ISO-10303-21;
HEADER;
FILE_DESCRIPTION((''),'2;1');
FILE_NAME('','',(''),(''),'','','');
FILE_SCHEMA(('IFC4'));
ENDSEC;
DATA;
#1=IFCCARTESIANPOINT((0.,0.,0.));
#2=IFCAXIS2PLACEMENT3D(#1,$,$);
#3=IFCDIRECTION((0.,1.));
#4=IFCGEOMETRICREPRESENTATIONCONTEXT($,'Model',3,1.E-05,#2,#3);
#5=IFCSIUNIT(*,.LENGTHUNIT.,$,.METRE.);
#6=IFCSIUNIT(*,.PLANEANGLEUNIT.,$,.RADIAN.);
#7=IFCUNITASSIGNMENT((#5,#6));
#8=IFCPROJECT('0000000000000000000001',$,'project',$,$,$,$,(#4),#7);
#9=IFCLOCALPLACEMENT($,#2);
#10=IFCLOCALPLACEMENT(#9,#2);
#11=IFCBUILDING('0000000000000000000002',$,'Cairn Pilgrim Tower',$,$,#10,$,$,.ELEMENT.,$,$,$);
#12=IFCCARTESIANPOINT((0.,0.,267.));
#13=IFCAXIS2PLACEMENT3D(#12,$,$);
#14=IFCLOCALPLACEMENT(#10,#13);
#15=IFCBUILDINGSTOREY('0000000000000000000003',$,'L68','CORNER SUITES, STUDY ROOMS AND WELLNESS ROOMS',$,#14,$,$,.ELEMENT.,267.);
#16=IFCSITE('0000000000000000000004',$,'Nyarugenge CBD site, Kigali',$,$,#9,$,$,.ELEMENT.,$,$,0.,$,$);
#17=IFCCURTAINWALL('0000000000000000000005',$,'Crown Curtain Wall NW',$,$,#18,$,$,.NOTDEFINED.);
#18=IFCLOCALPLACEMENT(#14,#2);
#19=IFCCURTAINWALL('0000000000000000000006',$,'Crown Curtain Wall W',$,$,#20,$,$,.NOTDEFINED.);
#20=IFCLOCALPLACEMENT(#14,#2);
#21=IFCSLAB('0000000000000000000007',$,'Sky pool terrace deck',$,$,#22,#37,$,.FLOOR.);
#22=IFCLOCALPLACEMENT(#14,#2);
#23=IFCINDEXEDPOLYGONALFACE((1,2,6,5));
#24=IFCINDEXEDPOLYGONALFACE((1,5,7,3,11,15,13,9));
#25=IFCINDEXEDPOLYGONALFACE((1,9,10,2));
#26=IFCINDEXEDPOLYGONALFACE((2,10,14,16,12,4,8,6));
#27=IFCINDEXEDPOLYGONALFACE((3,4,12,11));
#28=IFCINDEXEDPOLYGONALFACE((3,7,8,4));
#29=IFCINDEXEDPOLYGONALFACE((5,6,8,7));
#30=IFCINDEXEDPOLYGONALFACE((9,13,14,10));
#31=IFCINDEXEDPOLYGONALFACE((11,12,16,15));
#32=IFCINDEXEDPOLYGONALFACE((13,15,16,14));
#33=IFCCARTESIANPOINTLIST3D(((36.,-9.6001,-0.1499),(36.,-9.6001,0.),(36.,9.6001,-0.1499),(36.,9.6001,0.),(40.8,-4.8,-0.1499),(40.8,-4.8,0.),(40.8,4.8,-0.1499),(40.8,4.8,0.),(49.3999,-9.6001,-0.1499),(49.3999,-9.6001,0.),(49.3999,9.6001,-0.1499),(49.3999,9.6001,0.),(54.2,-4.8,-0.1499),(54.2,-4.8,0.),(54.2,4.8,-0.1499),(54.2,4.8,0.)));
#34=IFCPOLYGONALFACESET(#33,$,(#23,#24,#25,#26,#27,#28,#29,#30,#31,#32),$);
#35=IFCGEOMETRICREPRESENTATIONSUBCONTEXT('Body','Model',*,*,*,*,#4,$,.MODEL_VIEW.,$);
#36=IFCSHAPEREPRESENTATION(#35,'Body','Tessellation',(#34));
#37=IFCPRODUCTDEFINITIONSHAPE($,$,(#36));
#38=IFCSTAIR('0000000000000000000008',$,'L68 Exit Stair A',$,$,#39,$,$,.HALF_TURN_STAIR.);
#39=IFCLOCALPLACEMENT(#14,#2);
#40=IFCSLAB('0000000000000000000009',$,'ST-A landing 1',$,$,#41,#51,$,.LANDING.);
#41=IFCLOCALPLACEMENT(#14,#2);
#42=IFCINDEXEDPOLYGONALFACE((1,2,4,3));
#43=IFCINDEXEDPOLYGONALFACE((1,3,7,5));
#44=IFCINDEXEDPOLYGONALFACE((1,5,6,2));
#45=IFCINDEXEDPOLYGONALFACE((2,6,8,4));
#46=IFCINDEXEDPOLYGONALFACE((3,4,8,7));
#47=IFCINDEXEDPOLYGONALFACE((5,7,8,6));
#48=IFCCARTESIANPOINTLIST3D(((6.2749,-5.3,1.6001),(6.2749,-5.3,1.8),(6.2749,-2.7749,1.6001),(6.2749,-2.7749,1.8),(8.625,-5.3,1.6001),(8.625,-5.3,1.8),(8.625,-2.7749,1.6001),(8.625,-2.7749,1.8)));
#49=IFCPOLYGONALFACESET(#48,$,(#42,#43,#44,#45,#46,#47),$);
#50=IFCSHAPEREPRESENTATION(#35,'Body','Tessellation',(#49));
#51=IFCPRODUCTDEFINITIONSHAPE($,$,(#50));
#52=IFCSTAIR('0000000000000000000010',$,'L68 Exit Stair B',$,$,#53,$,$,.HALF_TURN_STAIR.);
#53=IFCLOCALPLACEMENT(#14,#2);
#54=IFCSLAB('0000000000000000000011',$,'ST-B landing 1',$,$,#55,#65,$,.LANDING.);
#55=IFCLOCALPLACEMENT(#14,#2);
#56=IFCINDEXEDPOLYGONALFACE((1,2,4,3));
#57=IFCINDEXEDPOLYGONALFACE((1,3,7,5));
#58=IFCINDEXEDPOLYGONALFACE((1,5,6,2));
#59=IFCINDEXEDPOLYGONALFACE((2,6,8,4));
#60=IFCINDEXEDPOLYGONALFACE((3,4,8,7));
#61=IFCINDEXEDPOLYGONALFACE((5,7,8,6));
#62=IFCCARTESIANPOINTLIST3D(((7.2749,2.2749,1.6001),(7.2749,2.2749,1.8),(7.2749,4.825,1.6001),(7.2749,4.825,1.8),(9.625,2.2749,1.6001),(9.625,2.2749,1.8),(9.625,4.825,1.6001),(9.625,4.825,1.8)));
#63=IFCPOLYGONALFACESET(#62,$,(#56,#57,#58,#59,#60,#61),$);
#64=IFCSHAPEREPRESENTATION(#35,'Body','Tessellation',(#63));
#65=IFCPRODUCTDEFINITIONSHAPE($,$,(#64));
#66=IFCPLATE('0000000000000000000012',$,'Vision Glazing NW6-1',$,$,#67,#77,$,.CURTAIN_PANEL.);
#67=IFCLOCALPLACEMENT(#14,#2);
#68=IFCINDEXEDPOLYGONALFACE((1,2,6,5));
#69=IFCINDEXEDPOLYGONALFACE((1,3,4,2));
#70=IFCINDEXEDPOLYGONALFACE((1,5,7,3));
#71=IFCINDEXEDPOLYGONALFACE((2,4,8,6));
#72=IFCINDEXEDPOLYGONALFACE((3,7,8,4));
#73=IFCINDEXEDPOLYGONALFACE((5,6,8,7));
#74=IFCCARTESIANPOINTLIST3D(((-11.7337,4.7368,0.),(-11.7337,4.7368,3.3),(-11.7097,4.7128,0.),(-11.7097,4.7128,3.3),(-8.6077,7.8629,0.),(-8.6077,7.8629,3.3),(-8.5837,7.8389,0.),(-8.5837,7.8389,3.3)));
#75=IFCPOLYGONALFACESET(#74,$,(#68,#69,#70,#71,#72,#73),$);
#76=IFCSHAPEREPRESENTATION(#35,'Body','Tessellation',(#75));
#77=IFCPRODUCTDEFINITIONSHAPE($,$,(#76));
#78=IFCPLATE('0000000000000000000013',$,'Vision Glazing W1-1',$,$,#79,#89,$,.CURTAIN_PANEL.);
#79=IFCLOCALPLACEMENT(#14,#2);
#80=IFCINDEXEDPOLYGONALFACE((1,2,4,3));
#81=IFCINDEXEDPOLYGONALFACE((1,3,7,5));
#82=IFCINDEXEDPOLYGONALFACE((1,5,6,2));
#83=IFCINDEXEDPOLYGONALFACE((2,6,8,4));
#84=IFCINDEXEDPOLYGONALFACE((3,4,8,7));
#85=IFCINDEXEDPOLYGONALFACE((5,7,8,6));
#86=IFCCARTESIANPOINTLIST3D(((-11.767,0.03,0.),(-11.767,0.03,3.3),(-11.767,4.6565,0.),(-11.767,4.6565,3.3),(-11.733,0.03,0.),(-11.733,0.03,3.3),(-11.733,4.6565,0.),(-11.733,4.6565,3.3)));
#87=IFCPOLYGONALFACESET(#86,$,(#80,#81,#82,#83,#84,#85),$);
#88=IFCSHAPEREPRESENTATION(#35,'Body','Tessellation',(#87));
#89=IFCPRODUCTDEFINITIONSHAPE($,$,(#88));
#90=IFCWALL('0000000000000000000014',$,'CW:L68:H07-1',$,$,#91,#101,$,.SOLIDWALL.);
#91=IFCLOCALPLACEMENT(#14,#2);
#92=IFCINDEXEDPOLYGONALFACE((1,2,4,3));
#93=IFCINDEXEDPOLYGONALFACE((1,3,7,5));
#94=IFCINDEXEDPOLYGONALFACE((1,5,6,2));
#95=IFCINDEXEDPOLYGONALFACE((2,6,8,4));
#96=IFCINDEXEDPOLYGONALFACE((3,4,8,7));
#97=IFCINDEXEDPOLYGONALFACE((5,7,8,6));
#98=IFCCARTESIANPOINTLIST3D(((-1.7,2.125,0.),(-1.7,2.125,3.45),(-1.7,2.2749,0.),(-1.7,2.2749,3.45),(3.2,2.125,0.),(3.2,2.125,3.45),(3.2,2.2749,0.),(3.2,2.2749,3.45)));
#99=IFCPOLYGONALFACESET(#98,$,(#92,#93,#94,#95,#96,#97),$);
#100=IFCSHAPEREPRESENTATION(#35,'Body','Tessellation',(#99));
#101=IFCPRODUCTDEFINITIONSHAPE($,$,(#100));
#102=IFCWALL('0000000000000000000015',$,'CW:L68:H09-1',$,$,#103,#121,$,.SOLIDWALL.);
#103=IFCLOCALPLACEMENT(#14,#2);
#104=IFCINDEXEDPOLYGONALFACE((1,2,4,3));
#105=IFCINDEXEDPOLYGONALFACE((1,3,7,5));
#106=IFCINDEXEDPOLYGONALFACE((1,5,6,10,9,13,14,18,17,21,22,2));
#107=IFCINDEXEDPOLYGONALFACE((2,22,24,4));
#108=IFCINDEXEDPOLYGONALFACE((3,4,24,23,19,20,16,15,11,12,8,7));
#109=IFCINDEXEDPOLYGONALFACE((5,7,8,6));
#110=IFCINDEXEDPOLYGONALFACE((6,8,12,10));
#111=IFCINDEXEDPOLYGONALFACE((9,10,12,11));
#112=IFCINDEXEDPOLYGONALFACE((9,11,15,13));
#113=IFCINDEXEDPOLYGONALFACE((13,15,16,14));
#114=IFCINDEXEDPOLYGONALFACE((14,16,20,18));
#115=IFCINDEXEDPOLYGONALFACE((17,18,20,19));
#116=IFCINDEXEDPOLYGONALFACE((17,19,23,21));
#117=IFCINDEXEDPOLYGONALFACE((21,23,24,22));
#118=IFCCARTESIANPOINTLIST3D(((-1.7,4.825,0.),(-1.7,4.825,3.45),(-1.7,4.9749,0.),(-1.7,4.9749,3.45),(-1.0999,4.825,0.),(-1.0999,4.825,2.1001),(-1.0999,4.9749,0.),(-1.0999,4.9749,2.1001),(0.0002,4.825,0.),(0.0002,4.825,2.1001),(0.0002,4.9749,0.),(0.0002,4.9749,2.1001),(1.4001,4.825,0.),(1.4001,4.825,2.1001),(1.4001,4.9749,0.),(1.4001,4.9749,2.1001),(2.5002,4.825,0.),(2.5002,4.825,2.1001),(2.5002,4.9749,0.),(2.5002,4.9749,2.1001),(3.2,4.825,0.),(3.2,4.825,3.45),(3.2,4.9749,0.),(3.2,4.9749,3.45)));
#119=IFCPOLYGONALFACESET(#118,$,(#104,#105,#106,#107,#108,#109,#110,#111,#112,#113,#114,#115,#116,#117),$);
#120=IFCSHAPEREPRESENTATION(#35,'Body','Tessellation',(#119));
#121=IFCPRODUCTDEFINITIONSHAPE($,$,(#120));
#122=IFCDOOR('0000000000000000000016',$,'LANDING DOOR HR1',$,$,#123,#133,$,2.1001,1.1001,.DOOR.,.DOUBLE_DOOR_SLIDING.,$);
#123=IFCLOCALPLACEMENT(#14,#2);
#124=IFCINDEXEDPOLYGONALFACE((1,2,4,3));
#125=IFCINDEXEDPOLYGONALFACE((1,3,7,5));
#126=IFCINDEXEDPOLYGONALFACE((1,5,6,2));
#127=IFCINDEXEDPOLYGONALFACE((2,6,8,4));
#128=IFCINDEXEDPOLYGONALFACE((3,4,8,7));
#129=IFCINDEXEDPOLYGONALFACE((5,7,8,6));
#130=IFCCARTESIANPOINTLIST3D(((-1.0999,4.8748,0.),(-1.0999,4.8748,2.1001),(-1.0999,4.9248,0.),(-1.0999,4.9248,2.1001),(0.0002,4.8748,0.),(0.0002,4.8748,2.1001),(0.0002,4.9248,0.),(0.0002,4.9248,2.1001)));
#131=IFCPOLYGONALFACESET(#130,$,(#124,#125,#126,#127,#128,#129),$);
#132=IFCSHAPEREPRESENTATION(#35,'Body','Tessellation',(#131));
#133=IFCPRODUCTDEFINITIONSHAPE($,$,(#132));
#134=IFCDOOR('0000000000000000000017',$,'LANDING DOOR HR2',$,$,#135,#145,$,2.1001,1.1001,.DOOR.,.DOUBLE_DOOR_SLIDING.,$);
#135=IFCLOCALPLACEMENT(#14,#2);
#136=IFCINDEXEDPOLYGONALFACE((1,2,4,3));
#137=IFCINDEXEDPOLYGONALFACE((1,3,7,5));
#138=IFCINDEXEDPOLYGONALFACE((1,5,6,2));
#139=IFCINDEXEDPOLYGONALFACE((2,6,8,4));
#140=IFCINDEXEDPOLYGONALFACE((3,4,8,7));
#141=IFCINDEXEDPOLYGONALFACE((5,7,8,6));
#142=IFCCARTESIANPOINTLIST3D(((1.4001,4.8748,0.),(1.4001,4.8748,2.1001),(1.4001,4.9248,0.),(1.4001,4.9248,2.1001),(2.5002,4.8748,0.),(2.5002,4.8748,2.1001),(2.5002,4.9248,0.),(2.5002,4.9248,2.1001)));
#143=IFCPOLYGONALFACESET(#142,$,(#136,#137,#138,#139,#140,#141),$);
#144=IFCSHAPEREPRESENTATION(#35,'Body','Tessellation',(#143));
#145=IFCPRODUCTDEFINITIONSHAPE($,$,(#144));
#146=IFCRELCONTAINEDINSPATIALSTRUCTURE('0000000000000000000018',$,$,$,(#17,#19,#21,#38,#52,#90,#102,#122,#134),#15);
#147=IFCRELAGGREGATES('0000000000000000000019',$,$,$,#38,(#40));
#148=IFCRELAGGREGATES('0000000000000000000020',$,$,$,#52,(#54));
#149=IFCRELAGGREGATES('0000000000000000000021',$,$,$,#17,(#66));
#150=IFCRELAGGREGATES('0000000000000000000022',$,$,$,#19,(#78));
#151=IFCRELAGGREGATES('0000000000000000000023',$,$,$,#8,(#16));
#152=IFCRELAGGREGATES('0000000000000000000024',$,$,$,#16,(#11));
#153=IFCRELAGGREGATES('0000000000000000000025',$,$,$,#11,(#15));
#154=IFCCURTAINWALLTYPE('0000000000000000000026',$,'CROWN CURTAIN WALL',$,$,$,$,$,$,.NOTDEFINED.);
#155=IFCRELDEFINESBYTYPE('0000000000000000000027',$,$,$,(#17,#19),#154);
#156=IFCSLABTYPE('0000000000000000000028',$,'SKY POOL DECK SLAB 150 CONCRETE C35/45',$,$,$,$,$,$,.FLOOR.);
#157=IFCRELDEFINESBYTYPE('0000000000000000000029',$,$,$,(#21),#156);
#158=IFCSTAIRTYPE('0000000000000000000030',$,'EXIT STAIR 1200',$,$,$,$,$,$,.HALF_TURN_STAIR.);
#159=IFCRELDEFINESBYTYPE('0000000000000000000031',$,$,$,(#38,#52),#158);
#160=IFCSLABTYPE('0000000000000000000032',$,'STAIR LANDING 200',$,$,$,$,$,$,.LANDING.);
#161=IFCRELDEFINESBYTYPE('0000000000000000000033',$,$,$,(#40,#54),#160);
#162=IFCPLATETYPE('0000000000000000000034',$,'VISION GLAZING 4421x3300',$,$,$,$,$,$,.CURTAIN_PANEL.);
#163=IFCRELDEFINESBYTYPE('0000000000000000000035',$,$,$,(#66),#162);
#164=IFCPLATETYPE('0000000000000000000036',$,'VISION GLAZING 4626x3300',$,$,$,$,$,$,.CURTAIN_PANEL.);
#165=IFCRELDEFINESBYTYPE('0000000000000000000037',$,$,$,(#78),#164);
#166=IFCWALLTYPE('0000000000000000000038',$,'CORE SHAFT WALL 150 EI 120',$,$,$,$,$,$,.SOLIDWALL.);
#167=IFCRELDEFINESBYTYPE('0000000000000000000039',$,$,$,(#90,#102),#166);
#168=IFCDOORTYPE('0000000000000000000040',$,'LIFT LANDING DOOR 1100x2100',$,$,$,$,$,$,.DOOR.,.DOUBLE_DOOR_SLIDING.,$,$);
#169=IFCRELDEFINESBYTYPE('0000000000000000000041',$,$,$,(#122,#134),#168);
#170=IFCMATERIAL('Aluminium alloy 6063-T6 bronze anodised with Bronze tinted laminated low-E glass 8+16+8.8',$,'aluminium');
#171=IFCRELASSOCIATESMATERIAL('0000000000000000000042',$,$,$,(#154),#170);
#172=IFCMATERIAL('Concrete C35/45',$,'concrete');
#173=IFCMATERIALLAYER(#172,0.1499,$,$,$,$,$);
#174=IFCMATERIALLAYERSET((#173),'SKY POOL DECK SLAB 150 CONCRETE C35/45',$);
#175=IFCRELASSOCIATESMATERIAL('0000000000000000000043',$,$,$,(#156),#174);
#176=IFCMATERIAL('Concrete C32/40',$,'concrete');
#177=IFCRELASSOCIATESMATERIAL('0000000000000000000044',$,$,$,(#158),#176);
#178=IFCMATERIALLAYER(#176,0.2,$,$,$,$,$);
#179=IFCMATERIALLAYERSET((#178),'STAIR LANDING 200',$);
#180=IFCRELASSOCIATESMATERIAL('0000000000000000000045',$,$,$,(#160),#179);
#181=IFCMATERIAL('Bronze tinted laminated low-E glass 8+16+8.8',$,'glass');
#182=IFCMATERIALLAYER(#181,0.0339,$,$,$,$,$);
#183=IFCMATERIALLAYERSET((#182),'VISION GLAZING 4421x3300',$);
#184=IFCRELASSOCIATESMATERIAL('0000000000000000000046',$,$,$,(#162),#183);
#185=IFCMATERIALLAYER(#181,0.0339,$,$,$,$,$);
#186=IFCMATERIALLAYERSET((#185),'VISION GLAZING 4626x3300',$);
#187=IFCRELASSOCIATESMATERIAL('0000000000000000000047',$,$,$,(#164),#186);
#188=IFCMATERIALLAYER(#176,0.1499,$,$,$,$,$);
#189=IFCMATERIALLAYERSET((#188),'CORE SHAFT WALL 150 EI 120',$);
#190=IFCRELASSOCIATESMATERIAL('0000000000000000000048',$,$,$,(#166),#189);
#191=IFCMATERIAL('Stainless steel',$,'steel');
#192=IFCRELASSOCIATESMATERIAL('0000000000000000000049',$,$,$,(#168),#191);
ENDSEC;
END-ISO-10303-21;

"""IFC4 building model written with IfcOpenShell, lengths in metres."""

from ifc_helpers import new_model, si_unit, direction, frame, frame_2d, origin, origin_2d, place, context, subcontext, project, spatial, polyline, rectangle, outline, extrude, material, layer, layer_set, type_object, element, fill, aggregate, save


model = new_model("IFC4")

# Units and contexts
model_context = context("Model", 3, precision=1e-05, world=origin(), true_north=direction((0.0, 1.0)))
body_context = subcontext(model_context, "Body", "Model", "MODEL_VIEW")
ifc_project = project(units=[si_unit("LENGTHUNIT", "METRE"), si_unit("PLANEANGLEUNIT", "RADIAN")], contexts=[model_context])

# Site, building, storey
site_placement = place(None, origin())
site = spatial("IfcSite", under=ifc_project, at=site_placement, Name="Nyarugenge CBD site, Kigali", CompositionType="ELEMENT", RefElevation=0.0)
building_placement = place(site_placement, origin())
building = spatial("IfcBuilding", under=site, at=building_placement, Name="Cairn Pilgrim Tower", CompositionType="ELEMENT")
storey_placement = place(building_placement, frame((0.0, 0.0, 267.0)))
storey = spatial("IfcBuildingStorey", under=building, at=storey_placement, Name="L68", Description="CORNER SUITES, STUDY ROOMS AND WELLNESS ROOMS", CompositionType="ELEMENT", Elevation=267.0)

# Curtain walls
ifc_material_1 = material(Name="Aluminium alloy 6063-T6 bronze anodised with Bronze tinted laminated low-E glass 8+16+8.8", Category="aluminium")
curtain_wall_type = type_object("IfcCurtainWallType", Name="CROWN CURTAIN WALL", PredefinedType="NOTDEFINED", material=ifc_material_1)
curtain_wall_1_placement = place(storey_placement, origin())
curtain_wall_1 = element("IfcCurtainWall", 1, at=curtain_wall_1_placement, inside=storey, type_object=curtain_wall_type, Name="Crown Curtain Wall NW", PredefinedType="NOTDEFINED")
curtain_wall_2_placement = place(storey_placement, origin())
curtain_wall_2 = element("IfcCurtainWall", 2, at=curtain_wall_2_placement, inside=storey, type_object=curtain_wall_type, Name="Crown Curtain Wall W", PredefinedType="NOTDEFINED")

# Slab
ifc_material_2 = material(Name="Concrete C35/45", Category="concrete")
ifc_layer_1 = layer(ifc_material_2, 0.1499)
ifc_layer_set_1 = layer_set([ifc_layer_1], Name="SKY POOL DECK SLAB 150 CONCRETE C35/45")
slab_type_1 = type_object("IfcSlabType", Name="SKY POOL DECK SLAB 150 CONCRETE C35/45", PredefinedType="FLOOR", material=ifc_layer_set_1)
slab_1_placement = place(storey_placement, frame((0.0, 0.0, -0.1499)))
element("IfcSlab", 3, at=slab_1_placement, inside=storey, type_object=slab_type_1, Name="Sky pool terrace deck", PredefinedType="FLOOR", context=body_context, shape_type="SweptSolid", body=[
    extrude(outline(polyline([(49.3999, 9.6001), (36.0, 9.6001), (40.8, 4.8), (40.8, -4.8), (36.0, -9.6001), (49.3999, -9.6001), (54.2, -4.8), (54.2, 4.8), (49.3999, 9.6001)])), origin(), (0.0, 0.0, 1.0), 0.1499),
])

# Stairs, slabs
ifc_material_3 = material(Name="Concrete C32/40", Category="concrete")
stair_type = type_object("IfcStairType", Name="EXIT STAIR 1200", PredefinedType="HALF_TURN_STAIR", material=ifc_material_3)
stair_1_placement = place(storey_placement, origin())
stair_1 = element("IfcStair", 4, at=stair_1_placement, inside=storey, type_object=stair_type, Name="L68 Exit Stair A", PredefinedType="HALF_TURN_STAIR")
ifc_layer_2 = layer(ifc_material_3, 0.2)
ifc_layer_set_2 = layer_set([ifc_layer_2], Name="STAIR LANDING 200")
slab_type_2 = type_object("IfcSlabType", Name="STAIR LANDING 200", PredefinedType="LANDING", material=ifc_layer_set_2)
slab_2_placement = place(storey_placement, frame((0.0, 0.0, 1.6001)))
slab_2 = element("IfcSlab", 5, at=slab_2_placement, type_object=slab_type_2, Name="ST-A landing 1", PredefinedType="LANDING", context=body_context, shape_type="SweptSolid", body=[
    extrude(outline(polyline([(8.625, -2.7749), (6.2749, -2.7749), (6.2749, -5.3), (8.625, -5.3), (8.625, -2.7749)])), origin(), (0.0, 0.0, 1.0), 0.2),
])
aggregate(stair_1, [slab_2])
stair_2_placement = place(storey_placement, origin())
stair_2 = element("IfcStair", 6, at=stair_2_placement, inside=storey, type_object=stair_type, Name="L68 Exit Stair B", PredefinedType="HALF_TURN_STAIR")
slab_3_placement = place(storey_placement, frame((0.0, 0.0, 1.6001)))
slab_3 = element("IfcSlab", 7, at=slab_3_placement, type_object=slab_type_2, Name="ST-B landing 1", PredefinedType="LANDING", context=body_context, shape_type="SweptSolid", body=[
    extrude(outline(polyline([(7.2749, 2.2749), (9.625, 2.2749), (9.625, 4.825), (7.2749, 4.825), (7.2749, 2.2749)])), origin(), (0.0, 0.0, 1.0), 0.2),
])
aggregate(stair_2, [slab_3])

# Plates
ifc_material_4 = material(Name="Bronze tinted laminated low-E glass 8+16+8.8", Category="glass")
ifc_layer_3 = layer(ifc_material_4, 0.0339)
ifc_layer_set_3 = layer_set([ifc_layer_3], Name="VISION GLAZING 4421x3300")
plate_type_1 = type_object("IfcPlateType", Name="VISION GLAZING 4421x3300", PredefinedType="CURTAIN_PANEL", material=ifc_layer_set_3)
plate_1_placement = place(storey_placement, frame((-10.1587, 6.2878, 0.0), z_axis=(0.0, 0.0, 1.0), x_axis=(-0.707107, -0.707107, 0.0)))
plate_1 = element("IfcPlate", 8, at=plate_1_placement, type_object=plate_type_1, Name="Vision Glazing NW6-1", PredefinedType="CURTAIN_PANEL", context=body_context, shape_type="SweptSolid", body=[
    extrude(rectangle(XDim=4.4209, YDim=0.0339, at=origin_2d()), origin(), (0.0, 0.0, 1.0), 3.3),
])
aggregate(curtain_wall_1, [plate_1])
ifc_layer_4 = layer(ifc_material_4, 0.0339)
ifc_layer_set_4 = layer_set([ifc_layer_4], Name="VISION GLAZING 4626x3300")
plate_type_2 = type_object("IfcPlateType", Name="VISION GLAZING 4626x3300", PredefinedType="CURTAIN_PANEL", material=ifc_layer_set_4)
plate_2_placement = place(storey_placement, frame((-11.75, 2.3433, 0.0), z_axis=(0.0, 0.0, 1.0), x_axis=(0.0, -1.0, 0.0)))
plate_2 = element("IfcPlate", 9, at=plate_2_placement, type_object=plate_type_2, Name="Vision Glazing W1-1", PredefinedType="CURTAIN_PANEL", context=body_context, shape_type="SweptSolid", body=[
    extrude(rectangle(XDim=4.6265, YDim=0.0339, at=origin_2d()), origin(), (0.0, 0.0, 1.0), 3.3),
])
aggregate(curtain_wall_2, [plate_2])

# Wall
ifc_layer_5 = layer(ifc_material_3, 0.1499)
ifc_layer_set_5 = layer_set([ifc_layer_5], Name="CORE SHAFT WALL 150 EI 120")
wall_type_1 = type_object("IfcWallType", Name="CORE SHAFT WALL 150 EI 120", PredefinedType="SOLIDWALL", material=ifc_layer_set_5)
wall_1_placement = place(storey_placement, frame((-1.7, 2.2, 0.0), z_axis=(0.0, 0.0, 1.0), x_axis=(1.0, 0.0, 0.0)))
element("IfcWall", 10, at=wall_1_placement, inside=storey, type_object=wall_type_1, Name="CW:L68:H07-1", PredefinedType="SOLIDWALL", context=body_context, shape_type="SweptSolid", body=[
    extrude(rectangle(XDim=4.8999, YDim=0.1499, at=frame_2d((2.45, 0.0))), origin(), (0.0, 0.0, 1.0), 3.45),
])

# Wall, openings, doors
wall_2_placement = place(storey_placement, frame((-1.7, 4.8999, 0.0), z_axis=(0.0, 0.0, 1.0), x_axis=(1.0, 0.0, 0.0)))
wall_2 = element("IfcWall", 11, at=wall_2_placement, inside=storey, type_object=wall_type_1, Name="CW:L68:H09-1", PredefinedType="SOLIDWALL", context=body_context, shape_type="SweptSolid", body=[
    extrude(rectangle(XDim=4.8999, YDim=0.1499, at=frame_2d((2.45, 0.0))), origin(), (0.0, 0.0, 1.0), 3.45),
])
opening_1_placement = place(wall_2_placement, frame((0.6001, 0.0, 0.0)))
opening_1 = element("IfcOpeningElement", 12, at=opening_1_placement, cuts=wall_2, PredefinedType="OPENING", context=body_context, shape_type="SweptSolid", body=[
    extrude(rectangle(XDim=1.1001, YDim=2.1001, at=frame_2d((0.55, 1.05))), frame((0.0, 0.085, 0.0), z_axis=(0.0, -1.0, 0.0), x_axis=(1.0, 0.0, 0.0)), (0.0, 0.0, 1.0), 0.1699),
])
opening_2_placement = place(wall_2_placement, frame((3.1001, 0.0, 0.0)))
opening_2 = element("IfcOpeningElement", 13, at=opening_2_placement, cuts=wall_2, PredefinedType="OPENING", context=body_context, shape_type="SweptSolid", body=[
    extrude(rectangle(XDim=1.1001, YDim=2.1001, at=frame_2d((0.55, 1.05))), frame((0.0, 0.085, 0.0), z_axis=(0.0, -1.0, 0.0), x_axis=(1.0, 0.0, 0.0)), (0.0, 0.0, 1.0), 0.1699),
])
ifc_material_5 = material(Name="Stainless steel", Category="steel")
door_type = type_object("IfcDoorType", Name="LIFT LANDING DOOR 1100x2100", OperationType="DOUBLE_DOOR_SLIDING", PredefinedType="DOOR", material=ifc_material_5)
door_1_placement = place(opening_1_placement, origin())
door_1 = element("IfcDoor", 14, at=door_1_placement, inside=storey, type_object=door_type, Name="LANDING DOOR HR1", OperationType="DOUBLE_DOOR_SLIDING", OverallHeight=2.1001, OverallWidth=1.1001, PredefinedType="DOOR", context=body_context, shape_type="SweptSolid", body=[
    extrude(rectangle(XDim=1.1001, YDim=2.1001, at=frame_2d((0.55, 1.05))), frame((0.0, 0.0249, 0.0), z_axis=(0.0, -1.0, 0.0), x_axis=(1.0, 0.0, 0.0)), (0.0, 0.0, 1.0), 0.05),
])
fill(opening_1, door_1)
door_2_placement = place(opening_2_placement, origin())
door_2 = element("IfcDoor", 15, at=door_2_placement, inside=storey, type_object=door_type, Name="LANDING DOOR HR2", OperationType="DOUBLE_DOOR_SLIDING", OverallHeight=2.1001, OverallWidth=1.1001, PredefinedType="DOOR", context=body_context, shape_type="SweptSolid", body=[
    extrude(rectangle(XDim=1.1001, YDim=2.1001, at=frame_2d((0.55, 1.05))), frame((0.0, 0.0249, 0.0), z_axis=(0.0, -1.0, 0.0), x_axis=(1.0, 0.0, 0.0)), (0.0, 0.0, 1.0), 0.05),
])
fill(opening_2, door_2)

save(model, "model.ifc")
